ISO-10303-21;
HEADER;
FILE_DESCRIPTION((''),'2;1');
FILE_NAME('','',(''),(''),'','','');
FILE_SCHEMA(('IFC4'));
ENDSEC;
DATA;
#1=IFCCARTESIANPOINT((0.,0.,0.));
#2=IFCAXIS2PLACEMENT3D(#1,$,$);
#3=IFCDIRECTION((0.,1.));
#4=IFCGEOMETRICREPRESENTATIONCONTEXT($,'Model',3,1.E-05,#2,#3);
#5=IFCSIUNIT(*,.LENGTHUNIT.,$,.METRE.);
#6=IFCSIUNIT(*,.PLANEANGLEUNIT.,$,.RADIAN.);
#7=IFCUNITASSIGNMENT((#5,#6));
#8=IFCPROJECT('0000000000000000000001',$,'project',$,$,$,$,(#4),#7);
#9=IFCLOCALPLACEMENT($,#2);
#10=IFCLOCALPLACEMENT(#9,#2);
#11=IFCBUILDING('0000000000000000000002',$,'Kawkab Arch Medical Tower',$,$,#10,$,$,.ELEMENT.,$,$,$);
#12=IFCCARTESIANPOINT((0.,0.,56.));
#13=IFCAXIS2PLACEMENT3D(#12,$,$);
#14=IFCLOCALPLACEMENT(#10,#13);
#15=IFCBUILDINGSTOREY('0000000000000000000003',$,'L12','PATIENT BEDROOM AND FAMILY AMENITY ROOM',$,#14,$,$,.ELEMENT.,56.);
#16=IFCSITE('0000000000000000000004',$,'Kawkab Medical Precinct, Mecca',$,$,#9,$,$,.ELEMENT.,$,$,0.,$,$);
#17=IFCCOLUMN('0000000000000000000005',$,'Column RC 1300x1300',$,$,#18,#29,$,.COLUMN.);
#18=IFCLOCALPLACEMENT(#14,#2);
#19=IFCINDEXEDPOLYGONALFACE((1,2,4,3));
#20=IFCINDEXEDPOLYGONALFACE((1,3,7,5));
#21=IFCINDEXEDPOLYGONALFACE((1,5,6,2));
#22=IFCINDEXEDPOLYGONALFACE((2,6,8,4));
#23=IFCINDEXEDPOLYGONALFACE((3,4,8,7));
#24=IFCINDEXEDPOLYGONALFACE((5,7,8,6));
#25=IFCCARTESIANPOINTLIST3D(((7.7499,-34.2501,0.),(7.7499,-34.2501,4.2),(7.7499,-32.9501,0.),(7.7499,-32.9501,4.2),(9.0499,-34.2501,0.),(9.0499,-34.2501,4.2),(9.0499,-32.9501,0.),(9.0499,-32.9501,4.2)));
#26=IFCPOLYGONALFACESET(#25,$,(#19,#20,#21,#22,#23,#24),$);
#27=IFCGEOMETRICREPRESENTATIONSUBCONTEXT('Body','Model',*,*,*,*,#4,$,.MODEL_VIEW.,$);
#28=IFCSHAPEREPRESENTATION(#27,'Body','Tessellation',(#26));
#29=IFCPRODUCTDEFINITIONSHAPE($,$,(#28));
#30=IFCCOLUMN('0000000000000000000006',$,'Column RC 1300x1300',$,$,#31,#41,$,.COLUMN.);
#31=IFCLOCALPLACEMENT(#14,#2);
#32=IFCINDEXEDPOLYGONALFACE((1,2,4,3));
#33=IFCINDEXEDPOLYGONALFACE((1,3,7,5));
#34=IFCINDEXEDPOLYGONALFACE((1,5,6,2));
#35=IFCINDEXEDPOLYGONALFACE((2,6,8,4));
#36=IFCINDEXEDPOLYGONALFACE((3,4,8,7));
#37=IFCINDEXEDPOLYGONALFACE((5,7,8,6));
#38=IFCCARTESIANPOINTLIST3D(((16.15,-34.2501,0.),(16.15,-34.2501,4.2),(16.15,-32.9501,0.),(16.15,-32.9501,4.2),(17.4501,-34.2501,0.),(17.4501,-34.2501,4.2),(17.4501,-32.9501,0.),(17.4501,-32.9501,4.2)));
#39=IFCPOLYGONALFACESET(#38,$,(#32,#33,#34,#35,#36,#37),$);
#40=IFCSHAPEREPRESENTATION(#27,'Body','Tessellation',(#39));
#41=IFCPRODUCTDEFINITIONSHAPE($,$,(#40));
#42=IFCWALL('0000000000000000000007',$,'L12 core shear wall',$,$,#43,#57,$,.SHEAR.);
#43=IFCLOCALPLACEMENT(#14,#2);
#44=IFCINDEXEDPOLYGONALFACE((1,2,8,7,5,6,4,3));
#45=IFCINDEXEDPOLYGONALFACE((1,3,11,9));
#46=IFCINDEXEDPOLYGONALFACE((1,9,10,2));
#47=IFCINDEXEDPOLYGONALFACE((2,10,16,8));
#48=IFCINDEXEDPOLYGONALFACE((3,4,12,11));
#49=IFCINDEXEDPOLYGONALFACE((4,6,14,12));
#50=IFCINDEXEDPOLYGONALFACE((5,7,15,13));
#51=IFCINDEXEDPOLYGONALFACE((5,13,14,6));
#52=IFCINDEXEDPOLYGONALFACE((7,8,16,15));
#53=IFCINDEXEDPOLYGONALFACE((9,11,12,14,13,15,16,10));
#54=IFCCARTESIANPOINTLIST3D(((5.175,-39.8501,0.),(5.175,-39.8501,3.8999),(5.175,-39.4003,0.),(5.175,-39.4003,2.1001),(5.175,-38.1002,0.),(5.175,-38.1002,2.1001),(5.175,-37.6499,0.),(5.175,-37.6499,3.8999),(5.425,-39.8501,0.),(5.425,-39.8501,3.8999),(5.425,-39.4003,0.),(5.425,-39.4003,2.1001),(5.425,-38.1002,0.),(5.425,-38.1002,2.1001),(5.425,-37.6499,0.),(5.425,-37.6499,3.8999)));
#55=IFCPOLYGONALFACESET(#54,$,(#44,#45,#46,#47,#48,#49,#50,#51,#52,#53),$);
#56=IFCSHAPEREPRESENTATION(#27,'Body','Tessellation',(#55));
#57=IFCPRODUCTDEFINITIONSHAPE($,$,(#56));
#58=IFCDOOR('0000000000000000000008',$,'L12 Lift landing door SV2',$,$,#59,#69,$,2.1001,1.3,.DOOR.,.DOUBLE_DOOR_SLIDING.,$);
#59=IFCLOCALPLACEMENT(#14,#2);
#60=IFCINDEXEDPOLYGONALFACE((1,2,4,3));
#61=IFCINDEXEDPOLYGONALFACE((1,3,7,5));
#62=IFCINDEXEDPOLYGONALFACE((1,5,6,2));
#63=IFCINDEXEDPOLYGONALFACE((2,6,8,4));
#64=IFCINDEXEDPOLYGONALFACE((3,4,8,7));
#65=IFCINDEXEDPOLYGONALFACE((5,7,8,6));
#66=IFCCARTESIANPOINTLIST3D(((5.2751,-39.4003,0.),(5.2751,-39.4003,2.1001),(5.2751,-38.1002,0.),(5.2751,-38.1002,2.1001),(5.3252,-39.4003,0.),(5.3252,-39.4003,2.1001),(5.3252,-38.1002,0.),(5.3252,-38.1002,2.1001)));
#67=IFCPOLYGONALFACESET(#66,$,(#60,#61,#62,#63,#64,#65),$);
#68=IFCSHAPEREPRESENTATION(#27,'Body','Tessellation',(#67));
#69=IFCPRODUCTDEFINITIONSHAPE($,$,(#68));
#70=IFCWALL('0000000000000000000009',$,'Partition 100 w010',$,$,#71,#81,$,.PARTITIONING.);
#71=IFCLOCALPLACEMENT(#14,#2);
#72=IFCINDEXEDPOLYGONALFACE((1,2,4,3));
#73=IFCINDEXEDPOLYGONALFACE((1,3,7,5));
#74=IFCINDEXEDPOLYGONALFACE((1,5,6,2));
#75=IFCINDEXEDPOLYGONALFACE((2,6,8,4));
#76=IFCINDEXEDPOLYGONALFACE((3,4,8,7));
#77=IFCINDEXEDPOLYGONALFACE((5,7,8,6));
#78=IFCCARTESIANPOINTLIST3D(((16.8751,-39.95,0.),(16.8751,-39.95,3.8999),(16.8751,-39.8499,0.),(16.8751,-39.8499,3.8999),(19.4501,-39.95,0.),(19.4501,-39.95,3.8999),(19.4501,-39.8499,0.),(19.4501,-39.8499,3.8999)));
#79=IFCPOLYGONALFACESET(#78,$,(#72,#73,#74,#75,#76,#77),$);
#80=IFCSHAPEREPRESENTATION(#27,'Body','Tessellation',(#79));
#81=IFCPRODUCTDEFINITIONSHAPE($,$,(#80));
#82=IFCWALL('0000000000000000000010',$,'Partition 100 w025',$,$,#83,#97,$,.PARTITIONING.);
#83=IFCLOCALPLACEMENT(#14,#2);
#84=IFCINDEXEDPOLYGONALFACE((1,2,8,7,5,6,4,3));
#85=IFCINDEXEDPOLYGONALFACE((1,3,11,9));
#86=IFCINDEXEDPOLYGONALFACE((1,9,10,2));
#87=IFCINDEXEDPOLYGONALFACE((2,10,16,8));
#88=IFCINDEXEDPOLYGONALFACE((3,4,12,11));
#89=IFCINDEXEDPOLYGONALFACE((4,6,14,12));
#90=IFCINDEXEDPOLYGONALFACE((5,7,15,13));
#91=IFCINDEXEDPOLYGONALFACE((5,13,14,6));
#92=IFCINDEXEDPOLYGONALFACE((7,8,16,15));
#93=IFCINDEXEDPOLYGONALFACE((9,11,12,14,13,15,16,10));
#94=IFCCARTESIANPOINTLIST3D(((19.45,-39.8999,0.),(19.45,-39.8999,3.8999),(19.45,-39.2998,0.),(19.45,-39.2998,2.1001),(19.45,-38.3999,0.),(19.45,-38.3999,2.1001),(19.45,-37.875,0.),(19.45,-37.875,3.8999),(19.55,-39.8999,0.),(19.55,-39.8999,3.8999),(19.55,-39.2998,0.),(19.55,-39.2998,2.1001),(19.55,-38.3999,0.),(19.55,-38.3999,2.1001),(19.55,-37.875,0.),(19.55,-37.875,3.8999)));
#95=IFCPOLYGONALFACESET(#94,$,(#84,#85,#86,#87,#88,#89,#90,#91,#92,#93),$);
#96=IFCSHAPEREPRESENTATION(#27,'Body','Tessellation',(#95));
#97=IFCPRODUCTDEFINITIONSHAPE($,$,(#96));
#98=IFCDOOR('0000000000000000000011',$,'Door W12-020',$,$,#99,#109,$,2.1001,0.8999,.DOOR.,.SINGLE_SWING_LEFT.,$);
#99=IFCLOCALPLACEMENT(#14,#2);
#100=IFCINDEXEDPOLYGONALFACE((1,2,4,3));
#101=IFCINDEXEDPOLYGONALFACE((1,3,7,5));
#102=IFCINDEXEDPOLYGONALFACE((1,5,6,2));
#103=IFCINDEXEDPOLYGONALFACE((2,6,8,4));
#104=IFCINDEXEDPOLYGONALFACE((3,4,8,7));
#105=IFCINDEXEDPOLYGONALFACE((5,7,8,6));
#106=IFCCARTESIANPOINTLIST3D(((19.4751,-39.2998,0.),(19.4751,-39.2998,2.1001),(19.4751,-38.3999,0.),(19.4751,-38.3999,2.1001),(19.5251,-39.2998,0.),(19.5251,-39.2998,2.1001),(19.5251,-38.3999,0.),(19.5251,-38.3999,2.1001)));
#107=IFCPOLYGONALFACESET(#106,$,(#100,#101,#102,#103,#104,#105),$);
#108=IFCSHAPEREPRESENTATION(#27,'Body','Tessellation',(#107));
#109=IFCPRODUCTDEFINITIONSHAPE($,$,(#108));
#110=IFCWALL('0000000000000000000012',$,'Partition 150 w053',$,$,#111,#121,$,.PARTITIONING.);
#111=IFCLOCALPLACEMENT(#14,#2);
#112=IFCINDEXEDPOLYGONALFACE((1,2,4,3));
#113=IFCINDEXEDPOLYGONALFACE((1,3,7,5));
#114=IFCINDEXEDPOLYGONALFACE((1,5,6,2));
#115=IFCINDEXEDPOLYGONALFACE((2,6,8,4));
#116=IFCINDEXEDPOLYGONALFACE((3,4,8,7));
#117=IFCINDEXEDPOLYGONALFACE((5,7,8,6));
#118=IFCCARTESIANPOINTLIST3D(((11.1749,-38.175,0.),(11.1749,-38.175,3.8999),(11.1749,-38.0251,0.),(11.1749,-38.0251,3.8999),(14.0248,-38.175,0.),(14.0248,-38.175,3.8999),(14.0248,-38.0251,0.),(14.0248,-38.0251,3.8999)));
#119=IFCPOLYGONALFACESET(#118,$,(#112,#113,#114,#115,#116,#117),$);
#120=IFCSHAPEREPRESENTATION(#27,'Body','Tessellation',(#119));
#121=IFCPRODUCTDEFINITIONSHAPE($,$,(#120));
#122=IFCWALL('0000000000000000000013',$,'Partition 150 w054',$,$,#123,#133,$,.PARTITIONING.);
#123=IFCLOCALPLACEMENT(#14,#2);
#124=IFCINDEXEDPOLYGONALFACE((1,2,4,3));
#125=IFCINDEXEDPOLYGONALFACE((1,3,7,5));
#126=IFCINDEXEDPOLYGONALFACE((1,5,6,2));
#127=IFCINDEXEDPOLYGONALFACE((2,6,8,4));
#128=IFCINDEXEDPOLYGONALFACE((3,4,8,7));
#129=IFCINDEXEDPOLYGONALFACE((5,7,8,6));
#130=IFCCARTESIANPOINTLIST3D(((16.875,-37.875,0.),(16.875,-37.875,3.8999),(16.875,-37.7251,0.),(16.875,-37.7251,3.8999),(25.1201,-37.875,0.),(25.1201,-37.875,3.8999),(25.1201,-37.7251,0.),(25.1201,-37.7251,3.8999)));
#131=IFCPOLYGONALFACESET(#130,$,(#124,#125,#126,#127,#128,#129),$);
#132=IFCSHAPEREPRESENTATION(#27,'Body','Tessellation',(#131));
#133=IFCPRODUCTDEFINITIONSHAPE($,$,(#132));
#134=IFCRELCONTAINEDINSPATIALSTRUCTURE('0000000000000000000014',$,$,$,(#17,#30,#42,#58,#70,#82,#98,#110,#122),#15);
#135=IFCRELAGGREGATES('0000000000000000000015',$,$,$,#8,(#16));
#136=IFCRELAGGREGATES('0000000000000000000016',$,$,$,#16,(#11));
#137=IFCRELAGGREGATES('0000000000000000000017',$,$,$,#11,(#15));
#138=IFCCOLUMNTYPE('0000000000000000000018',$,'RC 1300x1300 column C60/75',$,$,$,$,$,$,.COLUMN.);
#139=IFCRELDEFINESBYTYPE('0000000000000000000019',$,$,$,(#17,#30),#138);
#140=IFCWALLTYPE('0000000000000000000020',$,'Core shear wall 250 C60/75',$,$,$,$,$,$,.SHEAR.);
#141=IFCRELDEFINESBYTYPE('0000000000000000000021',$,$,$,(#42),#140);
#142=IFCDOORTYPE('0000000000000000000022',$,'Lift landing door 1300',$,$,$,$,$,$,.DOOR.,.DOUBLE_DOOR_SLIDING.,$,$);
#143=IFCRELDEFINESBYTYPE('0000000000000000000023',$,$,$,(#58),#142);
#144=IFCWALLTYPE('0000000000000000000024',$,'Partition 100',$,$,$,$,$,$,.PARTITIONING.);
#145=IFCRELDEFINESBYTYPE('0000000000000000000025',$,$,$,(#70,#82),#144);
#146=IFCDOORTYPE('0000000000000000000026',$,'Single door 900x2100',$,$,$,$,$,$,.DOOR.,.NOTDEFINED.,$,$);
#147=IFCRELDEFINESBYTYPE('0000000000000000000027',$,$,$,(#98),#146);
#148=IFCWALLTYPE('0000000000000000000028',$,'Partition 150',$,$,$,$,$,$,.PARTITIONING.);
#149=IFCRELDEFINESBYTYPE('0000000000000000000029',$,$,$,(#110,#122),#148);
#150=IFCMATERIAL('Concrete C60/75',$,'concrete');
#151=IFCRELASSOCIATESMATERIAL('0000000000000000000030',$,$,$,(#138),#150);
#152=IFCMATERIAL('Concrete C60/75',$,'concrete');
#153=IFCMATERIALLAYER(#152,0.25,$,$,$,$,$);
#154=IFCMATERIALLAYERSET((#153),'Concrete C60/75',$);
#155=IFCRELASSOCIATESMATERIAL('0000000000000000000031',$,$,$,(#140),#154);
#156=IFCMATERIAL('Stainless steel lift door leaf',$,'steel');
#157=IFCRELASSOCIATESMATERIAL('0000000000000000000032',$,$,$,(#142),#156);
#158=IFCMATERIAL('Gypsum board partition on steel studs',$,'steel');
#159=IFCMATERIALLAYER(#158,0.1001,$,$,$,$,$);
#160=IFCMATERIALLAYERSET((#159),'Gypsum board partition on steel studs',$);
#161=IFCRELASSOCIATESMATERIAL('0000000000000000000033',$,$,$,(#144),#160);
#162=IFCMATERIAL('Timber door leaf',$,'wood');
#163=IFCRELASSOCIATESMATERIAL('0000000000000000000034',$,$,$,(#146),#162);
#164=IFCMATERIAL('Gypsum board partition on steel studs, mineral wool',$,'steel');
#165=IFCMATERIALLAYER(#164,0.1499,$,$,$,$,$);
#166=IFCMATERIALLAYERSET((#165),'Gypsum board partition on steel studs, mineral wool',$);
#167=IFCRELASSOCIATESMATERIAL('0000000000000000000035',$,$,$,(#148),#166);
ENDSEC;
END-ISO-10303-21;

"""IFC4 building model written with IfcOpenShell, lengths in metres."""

from ifc_helpers import new_model, si_unit, direction, frame, frame_2d, origin, origin_2d, place, context, subcontext, project, spatial, rectangle, extrude, material, layer, layer_set, material_profile, profile_set, type_object, element, fill, save


model = new_model("IFC4")

# Units and contexts
model_context = context("Model", 3, precision=1e-05, world=origin(), true_north=direction((0.0, 1.0)))
body_context = subcontext(model_context, "Body", "Model", "MODEL_VIEW")
ifc_project = project(units=[si_unit("LENGTHUNIT", "METRE"), si_unit("PLANEANGLEUNIT", "RADIAN")], contexts=[model_context])

# Site, building, storey
site_placement = place(None, origin())
site = spatial("IfcSite", under=ifc_project, at=site_placement, Name="Kawkab Medical Precinct, Mecca", CompositionType="ELEMENT", RefElevation=0.0)
building_placement = place(site_placement, origin())
building = spatial("IfcBuilding", under=site, at=building_placement, Name="Kawkab Arch Medical Tower", CompositionType="ELEMENT")
storey_placement = place(building_placement, frame((0.0, 0.0, 56.0)))
storey = spatial("IfcBuildingStorey", under=building, at=storey_placement, Name="L12", Description="PATIENT BEDROOM AND FAMILY AMENITY ROOM", CompositionType="ELEMENT", Elevation=56.0)

# Columns
ifc_material_1 = material(Name="Concrete C60/75", Category="concrete")
ifc_material_profile = material_profile(ifc_material_1, rectangle(XDim=1.3, YDim=1.3, at=origin_2d()), Name="RC 1300x1300")
ifc_profile_set = profile_set([ifc_material_profile], Name="Concrete C60/75")
column_type = type_object("IfcColumnType", Name="RC 1300x1300 column C60/75", PredefinedType="COLUMN", material=ifc_profile_set)
for number, where, z_axis, x_axis, name in (
    (1, (8.3999, -33.6001, 0.0), (0.0, 0.0, 1.0), (1.0, 0.0, 0.0), "Column RC 1300x1300"),
    (2, (16.8, -33.6001, 0.0), (0.0, 0.0, 1.0), (1.0, 0.0, 0.0), "Column RC 1300x1300"),
):
    element("IfcColumn", number, at=place(storey_placement, frame(where, z_axis=z_axis, x_axis=x_axis)), inside=storey, type_object=column_type, Name=name, PredefinedType="COLUMN", context=body_context, shape_type="SweptSolid", body=[
        extrude(rectangle(XDim=1.3, YDim=1.3, at=origin_2d()), origin(), (0.0, 0.0, 1.0), 4.2),
    ])

# Wall, opening, door
ifc_material_2 = material(Name="Concrete C60/75", Category="concrete")
ifc_layer_1 = layer(ifc_material_2, 0.25)
ifc_layer_set_1 = layer_set([ifc_layer_1], Name="Concrete C60/75")
wall_type_1 = type_object("IfcWallType", Name="Core shear wall 250 C60/75", PredefinedType="SHEAR", material=ifc_layer_set_1)
wall_1_placement = place(storey_placement, frame((5.3, -39.8501, 0.0), z_axis=(0.0, 0.0, 1.0), x_axis=(0.0, 1.0, 0.0)))
wall_1 = element("IfcWall", 3, at=wall_1_placement, inside=storey, type_object=wall_type_1, Name="L12 core shear wall", PredefinedType="SHEAR", context=body_context, shape_type="SweptSolid", body=[
    extrude(rectangle(XDim=2.2002, YDim=0.25, at=frame_2d((1.1001, 0.0))), origin(), (0.0, 0.0, 1.0), 3.8999),
])
opening_1_placement = place(wall_1_placement, frame((0.45, 0.0, 0.0)))
opening_1 = element("IfcOpeningElement", 4, at=opening_1_placement, cuts=wall_1, PredefinedType="OPENING", context=body_context, shape_type="SweptSolid", body=[
    extrude(rectangle(XDim=1.3, YDim=2.1001, at=frame_2d((0.6499, 1.05))), frame((0.0, 0.135, 0.0), z_axis=(0.0, -1.0, 0.0), x_axis=(1.0, 0.0, 0.0)), (0.0, 0.0, 1.0), 0.27),
])
ifc_material_3 = material(Name="Stainless steel lift door leaf", Category="steel")
door_type_1 = type_object("IfcDoorType", Name="Lift landing door 1300", OperationType="DOUBLE_DOOR_SLIDING", PredefinedType="DOOR", material=ifc_material_3)
door_1_placement = place(opening_1_placement, origin())
door_1 = element("IfcDoor", 5, at=door_1_placement, inside=storey, type_object=door_type_1, Name="L12 Lift landing door SV2", OperationType="DOUBLE_DOOR_SLIDING", OverallHeight=2.1001, OverallWidth=1.3, PredefinedType="DOOR", context=body_context, shape_type="SweptSolid", body=[
    extrude(rectangle(XDim=1.3, YDim=2.1001, at=frame_2d((0.6499, 1.05))), frame((0.0, 0.0249, 0.0), z_axis=(0.0, -1.0, 0.0), x_axis=(1.0, 0.0, 0.0)), (0.0, 0.0, 1.0), 0.05),
])
fill(opening_1, door_1)

# Wall
ifc_material_4 = material(Name="Gypsum board partition on steel studs", Category="steel")
ifc_layer_2 = layer(ifc_material_4, 0.1001)
ifc_layer_set_2 = layer_set([ifc_layer_2], Name="Gypsum board partition on steel studs")
wall_type_2 = type_object("IfcWallType", Name="Partition 100", PredefinedType="PARTITIONING", material=ifc_layer_set_2)
wall_2_placement = place(storey_placement, frame((16.875, -39.8999, 0.0), z_axis=(0.0, 0.0, 1.0), x_axis=(1.0, 0.0, 0.0)))
element("IfcWall", 6, at=wall_2_placement, inside=storey, type_object=wall_type_2, Name="Partition 100 w010", PredefinedType="PARTITIONING", context=body_context, shape_type="SweptSolid", body=[
    extrude(rectangle(XDim=2.575, YDim=0.1001, at=frame_2d((1.2876, 0.0))), origin(), (0.0, 0.0, 1.0), 3.8999),
])

# Wall, opening, door
wall_3_placement = place(storey_placement, frame((19.5, -39.8999, 0.0), z_axis=(0.0, 0.0, 1.0), x_axis=(0.0, 1.0, 0.0)))
wall_3 = element("IfcWall", 7, at=wall_3_placement, inside=storey, type_object=wall_type_2, Name="Partition 100 w025", PredefinedType="PARTITIONING", context=body_context, shape_type="SweptSolid", body=[
    extrude(rectangle(XDim=2.0249, YDim=0.1001, at=frame_2d((1.0125, 0.0))), origin(), (0.0, 0.0, 1.0), 3.8999),
])
opening_2_placement = place(wall_3_placement, frame((0.6001, 0.0, 0.0)))
opening_2 = element("IfcOpeningElement", 8, at=opening_2_placement, cuts=wall_3, PredefinedType="OPENING", context=body_context, shape_type="SweptSolid", body=[
    extrude(rectangle(XDim=0.8999, YDim=2.1001, at=frame_2d((0.45, 1.05))), frame((0.0, 0.0601, 0.0), z_axis=(0.0, -1.0, 0.0), x_axis=(1.0, 0.0, 0.0)), (0.0, 0.0, 1.0), 0.1201),
])
ifc_material_5 = material(Name="Timber door leaf", Category="wood")
door_type_2 = type_object("IfcDoorType", Name="Single door 900x2100", OperationType="NOTDEFINED", PredefinedType="DOOR", material=ifc_material_5)
door_2_placement = place(opening_2_placement, origin())
door_2 = element("IfcDoor", 9, at=door_2_placement, inside=storey, type_object=door_type_2, Name="Door W12-020", OperationType="SINGLE_SWING_LEFT", OverallHeight=2.1001, OverallWidth=0.8999, PredefinedType="DOOR", context=body_context, shape_type="SweptSolid", body=[
    extrude(rectangle(XDim=0.8999, YDim=2.1001, at=frame_2d((0.45, 1.05))), frame((0.0, 0.0249, 0.0), z_axis=(0.0, -1.0, 0.0), x_axis=(1.0, 0.0, 0.0)), (0.0, 0.0, 1.0), 0.05),
])
fill(opening_2, door_2)

# Walls
ifc_material_6 = material(Name="Gypsum board partition on steel studs, mineral wool", Category="steel")
ifc_layer_3 = layer(ifc_material_6, 0.1499)
ifc_layer_set_3 = layer_set([ifc_layer_3], Name="Gypsum board partition on steel studs, mineral wool")
wall_type_3 = type_object("IfcWallType", Name="Partition 150", PredefinedType="PARTITIONING", material=ifc_layer_set_3)
wall_4_placement = place(storey_placement, frame((11.175, -38.1001, 0.0), z_axis=(0.0, 0.0, 1.0), x_axis=(1.0, 0.0, 0.0)))
element("IfcWall", 10, at=wall_4_placement, inside=storey, type_object=wall_type_3, Name="Partition 150 w053", PredefinedType="PARTITIONING", context=body_context, shape_type="SweptSolid", body=[
    extrude(rectangle(XDim=2.8499, YDim=0.1499, at=frame_2d((1.4248, 0.0))), origin(), (0.0, 0.0, 1.0), 3.8999),
])
wall_5_placement = place(storey_placement, frame((16.875, -37.8, 0.0), z_axis=(0.0, 0.0, 1.0), x_axis=(1.0, 0.0, 0.0)))
element("IfcWall", 11, at=wall_5_placement, inside=storey, type_object=wall_type_3, Name="Partition 150 w054", PredefinedType="PARTITIONING", context=body_context, shape_type="SweptSolid", body=[
    extrude(rectangle(XDim=8.2451, YDim=0.1499, at=frame_2d((4.1226, 0.0))), origin(), (0.0, 0.0, 1.0), 3.8999),
])

save(model, "model.ifc")
